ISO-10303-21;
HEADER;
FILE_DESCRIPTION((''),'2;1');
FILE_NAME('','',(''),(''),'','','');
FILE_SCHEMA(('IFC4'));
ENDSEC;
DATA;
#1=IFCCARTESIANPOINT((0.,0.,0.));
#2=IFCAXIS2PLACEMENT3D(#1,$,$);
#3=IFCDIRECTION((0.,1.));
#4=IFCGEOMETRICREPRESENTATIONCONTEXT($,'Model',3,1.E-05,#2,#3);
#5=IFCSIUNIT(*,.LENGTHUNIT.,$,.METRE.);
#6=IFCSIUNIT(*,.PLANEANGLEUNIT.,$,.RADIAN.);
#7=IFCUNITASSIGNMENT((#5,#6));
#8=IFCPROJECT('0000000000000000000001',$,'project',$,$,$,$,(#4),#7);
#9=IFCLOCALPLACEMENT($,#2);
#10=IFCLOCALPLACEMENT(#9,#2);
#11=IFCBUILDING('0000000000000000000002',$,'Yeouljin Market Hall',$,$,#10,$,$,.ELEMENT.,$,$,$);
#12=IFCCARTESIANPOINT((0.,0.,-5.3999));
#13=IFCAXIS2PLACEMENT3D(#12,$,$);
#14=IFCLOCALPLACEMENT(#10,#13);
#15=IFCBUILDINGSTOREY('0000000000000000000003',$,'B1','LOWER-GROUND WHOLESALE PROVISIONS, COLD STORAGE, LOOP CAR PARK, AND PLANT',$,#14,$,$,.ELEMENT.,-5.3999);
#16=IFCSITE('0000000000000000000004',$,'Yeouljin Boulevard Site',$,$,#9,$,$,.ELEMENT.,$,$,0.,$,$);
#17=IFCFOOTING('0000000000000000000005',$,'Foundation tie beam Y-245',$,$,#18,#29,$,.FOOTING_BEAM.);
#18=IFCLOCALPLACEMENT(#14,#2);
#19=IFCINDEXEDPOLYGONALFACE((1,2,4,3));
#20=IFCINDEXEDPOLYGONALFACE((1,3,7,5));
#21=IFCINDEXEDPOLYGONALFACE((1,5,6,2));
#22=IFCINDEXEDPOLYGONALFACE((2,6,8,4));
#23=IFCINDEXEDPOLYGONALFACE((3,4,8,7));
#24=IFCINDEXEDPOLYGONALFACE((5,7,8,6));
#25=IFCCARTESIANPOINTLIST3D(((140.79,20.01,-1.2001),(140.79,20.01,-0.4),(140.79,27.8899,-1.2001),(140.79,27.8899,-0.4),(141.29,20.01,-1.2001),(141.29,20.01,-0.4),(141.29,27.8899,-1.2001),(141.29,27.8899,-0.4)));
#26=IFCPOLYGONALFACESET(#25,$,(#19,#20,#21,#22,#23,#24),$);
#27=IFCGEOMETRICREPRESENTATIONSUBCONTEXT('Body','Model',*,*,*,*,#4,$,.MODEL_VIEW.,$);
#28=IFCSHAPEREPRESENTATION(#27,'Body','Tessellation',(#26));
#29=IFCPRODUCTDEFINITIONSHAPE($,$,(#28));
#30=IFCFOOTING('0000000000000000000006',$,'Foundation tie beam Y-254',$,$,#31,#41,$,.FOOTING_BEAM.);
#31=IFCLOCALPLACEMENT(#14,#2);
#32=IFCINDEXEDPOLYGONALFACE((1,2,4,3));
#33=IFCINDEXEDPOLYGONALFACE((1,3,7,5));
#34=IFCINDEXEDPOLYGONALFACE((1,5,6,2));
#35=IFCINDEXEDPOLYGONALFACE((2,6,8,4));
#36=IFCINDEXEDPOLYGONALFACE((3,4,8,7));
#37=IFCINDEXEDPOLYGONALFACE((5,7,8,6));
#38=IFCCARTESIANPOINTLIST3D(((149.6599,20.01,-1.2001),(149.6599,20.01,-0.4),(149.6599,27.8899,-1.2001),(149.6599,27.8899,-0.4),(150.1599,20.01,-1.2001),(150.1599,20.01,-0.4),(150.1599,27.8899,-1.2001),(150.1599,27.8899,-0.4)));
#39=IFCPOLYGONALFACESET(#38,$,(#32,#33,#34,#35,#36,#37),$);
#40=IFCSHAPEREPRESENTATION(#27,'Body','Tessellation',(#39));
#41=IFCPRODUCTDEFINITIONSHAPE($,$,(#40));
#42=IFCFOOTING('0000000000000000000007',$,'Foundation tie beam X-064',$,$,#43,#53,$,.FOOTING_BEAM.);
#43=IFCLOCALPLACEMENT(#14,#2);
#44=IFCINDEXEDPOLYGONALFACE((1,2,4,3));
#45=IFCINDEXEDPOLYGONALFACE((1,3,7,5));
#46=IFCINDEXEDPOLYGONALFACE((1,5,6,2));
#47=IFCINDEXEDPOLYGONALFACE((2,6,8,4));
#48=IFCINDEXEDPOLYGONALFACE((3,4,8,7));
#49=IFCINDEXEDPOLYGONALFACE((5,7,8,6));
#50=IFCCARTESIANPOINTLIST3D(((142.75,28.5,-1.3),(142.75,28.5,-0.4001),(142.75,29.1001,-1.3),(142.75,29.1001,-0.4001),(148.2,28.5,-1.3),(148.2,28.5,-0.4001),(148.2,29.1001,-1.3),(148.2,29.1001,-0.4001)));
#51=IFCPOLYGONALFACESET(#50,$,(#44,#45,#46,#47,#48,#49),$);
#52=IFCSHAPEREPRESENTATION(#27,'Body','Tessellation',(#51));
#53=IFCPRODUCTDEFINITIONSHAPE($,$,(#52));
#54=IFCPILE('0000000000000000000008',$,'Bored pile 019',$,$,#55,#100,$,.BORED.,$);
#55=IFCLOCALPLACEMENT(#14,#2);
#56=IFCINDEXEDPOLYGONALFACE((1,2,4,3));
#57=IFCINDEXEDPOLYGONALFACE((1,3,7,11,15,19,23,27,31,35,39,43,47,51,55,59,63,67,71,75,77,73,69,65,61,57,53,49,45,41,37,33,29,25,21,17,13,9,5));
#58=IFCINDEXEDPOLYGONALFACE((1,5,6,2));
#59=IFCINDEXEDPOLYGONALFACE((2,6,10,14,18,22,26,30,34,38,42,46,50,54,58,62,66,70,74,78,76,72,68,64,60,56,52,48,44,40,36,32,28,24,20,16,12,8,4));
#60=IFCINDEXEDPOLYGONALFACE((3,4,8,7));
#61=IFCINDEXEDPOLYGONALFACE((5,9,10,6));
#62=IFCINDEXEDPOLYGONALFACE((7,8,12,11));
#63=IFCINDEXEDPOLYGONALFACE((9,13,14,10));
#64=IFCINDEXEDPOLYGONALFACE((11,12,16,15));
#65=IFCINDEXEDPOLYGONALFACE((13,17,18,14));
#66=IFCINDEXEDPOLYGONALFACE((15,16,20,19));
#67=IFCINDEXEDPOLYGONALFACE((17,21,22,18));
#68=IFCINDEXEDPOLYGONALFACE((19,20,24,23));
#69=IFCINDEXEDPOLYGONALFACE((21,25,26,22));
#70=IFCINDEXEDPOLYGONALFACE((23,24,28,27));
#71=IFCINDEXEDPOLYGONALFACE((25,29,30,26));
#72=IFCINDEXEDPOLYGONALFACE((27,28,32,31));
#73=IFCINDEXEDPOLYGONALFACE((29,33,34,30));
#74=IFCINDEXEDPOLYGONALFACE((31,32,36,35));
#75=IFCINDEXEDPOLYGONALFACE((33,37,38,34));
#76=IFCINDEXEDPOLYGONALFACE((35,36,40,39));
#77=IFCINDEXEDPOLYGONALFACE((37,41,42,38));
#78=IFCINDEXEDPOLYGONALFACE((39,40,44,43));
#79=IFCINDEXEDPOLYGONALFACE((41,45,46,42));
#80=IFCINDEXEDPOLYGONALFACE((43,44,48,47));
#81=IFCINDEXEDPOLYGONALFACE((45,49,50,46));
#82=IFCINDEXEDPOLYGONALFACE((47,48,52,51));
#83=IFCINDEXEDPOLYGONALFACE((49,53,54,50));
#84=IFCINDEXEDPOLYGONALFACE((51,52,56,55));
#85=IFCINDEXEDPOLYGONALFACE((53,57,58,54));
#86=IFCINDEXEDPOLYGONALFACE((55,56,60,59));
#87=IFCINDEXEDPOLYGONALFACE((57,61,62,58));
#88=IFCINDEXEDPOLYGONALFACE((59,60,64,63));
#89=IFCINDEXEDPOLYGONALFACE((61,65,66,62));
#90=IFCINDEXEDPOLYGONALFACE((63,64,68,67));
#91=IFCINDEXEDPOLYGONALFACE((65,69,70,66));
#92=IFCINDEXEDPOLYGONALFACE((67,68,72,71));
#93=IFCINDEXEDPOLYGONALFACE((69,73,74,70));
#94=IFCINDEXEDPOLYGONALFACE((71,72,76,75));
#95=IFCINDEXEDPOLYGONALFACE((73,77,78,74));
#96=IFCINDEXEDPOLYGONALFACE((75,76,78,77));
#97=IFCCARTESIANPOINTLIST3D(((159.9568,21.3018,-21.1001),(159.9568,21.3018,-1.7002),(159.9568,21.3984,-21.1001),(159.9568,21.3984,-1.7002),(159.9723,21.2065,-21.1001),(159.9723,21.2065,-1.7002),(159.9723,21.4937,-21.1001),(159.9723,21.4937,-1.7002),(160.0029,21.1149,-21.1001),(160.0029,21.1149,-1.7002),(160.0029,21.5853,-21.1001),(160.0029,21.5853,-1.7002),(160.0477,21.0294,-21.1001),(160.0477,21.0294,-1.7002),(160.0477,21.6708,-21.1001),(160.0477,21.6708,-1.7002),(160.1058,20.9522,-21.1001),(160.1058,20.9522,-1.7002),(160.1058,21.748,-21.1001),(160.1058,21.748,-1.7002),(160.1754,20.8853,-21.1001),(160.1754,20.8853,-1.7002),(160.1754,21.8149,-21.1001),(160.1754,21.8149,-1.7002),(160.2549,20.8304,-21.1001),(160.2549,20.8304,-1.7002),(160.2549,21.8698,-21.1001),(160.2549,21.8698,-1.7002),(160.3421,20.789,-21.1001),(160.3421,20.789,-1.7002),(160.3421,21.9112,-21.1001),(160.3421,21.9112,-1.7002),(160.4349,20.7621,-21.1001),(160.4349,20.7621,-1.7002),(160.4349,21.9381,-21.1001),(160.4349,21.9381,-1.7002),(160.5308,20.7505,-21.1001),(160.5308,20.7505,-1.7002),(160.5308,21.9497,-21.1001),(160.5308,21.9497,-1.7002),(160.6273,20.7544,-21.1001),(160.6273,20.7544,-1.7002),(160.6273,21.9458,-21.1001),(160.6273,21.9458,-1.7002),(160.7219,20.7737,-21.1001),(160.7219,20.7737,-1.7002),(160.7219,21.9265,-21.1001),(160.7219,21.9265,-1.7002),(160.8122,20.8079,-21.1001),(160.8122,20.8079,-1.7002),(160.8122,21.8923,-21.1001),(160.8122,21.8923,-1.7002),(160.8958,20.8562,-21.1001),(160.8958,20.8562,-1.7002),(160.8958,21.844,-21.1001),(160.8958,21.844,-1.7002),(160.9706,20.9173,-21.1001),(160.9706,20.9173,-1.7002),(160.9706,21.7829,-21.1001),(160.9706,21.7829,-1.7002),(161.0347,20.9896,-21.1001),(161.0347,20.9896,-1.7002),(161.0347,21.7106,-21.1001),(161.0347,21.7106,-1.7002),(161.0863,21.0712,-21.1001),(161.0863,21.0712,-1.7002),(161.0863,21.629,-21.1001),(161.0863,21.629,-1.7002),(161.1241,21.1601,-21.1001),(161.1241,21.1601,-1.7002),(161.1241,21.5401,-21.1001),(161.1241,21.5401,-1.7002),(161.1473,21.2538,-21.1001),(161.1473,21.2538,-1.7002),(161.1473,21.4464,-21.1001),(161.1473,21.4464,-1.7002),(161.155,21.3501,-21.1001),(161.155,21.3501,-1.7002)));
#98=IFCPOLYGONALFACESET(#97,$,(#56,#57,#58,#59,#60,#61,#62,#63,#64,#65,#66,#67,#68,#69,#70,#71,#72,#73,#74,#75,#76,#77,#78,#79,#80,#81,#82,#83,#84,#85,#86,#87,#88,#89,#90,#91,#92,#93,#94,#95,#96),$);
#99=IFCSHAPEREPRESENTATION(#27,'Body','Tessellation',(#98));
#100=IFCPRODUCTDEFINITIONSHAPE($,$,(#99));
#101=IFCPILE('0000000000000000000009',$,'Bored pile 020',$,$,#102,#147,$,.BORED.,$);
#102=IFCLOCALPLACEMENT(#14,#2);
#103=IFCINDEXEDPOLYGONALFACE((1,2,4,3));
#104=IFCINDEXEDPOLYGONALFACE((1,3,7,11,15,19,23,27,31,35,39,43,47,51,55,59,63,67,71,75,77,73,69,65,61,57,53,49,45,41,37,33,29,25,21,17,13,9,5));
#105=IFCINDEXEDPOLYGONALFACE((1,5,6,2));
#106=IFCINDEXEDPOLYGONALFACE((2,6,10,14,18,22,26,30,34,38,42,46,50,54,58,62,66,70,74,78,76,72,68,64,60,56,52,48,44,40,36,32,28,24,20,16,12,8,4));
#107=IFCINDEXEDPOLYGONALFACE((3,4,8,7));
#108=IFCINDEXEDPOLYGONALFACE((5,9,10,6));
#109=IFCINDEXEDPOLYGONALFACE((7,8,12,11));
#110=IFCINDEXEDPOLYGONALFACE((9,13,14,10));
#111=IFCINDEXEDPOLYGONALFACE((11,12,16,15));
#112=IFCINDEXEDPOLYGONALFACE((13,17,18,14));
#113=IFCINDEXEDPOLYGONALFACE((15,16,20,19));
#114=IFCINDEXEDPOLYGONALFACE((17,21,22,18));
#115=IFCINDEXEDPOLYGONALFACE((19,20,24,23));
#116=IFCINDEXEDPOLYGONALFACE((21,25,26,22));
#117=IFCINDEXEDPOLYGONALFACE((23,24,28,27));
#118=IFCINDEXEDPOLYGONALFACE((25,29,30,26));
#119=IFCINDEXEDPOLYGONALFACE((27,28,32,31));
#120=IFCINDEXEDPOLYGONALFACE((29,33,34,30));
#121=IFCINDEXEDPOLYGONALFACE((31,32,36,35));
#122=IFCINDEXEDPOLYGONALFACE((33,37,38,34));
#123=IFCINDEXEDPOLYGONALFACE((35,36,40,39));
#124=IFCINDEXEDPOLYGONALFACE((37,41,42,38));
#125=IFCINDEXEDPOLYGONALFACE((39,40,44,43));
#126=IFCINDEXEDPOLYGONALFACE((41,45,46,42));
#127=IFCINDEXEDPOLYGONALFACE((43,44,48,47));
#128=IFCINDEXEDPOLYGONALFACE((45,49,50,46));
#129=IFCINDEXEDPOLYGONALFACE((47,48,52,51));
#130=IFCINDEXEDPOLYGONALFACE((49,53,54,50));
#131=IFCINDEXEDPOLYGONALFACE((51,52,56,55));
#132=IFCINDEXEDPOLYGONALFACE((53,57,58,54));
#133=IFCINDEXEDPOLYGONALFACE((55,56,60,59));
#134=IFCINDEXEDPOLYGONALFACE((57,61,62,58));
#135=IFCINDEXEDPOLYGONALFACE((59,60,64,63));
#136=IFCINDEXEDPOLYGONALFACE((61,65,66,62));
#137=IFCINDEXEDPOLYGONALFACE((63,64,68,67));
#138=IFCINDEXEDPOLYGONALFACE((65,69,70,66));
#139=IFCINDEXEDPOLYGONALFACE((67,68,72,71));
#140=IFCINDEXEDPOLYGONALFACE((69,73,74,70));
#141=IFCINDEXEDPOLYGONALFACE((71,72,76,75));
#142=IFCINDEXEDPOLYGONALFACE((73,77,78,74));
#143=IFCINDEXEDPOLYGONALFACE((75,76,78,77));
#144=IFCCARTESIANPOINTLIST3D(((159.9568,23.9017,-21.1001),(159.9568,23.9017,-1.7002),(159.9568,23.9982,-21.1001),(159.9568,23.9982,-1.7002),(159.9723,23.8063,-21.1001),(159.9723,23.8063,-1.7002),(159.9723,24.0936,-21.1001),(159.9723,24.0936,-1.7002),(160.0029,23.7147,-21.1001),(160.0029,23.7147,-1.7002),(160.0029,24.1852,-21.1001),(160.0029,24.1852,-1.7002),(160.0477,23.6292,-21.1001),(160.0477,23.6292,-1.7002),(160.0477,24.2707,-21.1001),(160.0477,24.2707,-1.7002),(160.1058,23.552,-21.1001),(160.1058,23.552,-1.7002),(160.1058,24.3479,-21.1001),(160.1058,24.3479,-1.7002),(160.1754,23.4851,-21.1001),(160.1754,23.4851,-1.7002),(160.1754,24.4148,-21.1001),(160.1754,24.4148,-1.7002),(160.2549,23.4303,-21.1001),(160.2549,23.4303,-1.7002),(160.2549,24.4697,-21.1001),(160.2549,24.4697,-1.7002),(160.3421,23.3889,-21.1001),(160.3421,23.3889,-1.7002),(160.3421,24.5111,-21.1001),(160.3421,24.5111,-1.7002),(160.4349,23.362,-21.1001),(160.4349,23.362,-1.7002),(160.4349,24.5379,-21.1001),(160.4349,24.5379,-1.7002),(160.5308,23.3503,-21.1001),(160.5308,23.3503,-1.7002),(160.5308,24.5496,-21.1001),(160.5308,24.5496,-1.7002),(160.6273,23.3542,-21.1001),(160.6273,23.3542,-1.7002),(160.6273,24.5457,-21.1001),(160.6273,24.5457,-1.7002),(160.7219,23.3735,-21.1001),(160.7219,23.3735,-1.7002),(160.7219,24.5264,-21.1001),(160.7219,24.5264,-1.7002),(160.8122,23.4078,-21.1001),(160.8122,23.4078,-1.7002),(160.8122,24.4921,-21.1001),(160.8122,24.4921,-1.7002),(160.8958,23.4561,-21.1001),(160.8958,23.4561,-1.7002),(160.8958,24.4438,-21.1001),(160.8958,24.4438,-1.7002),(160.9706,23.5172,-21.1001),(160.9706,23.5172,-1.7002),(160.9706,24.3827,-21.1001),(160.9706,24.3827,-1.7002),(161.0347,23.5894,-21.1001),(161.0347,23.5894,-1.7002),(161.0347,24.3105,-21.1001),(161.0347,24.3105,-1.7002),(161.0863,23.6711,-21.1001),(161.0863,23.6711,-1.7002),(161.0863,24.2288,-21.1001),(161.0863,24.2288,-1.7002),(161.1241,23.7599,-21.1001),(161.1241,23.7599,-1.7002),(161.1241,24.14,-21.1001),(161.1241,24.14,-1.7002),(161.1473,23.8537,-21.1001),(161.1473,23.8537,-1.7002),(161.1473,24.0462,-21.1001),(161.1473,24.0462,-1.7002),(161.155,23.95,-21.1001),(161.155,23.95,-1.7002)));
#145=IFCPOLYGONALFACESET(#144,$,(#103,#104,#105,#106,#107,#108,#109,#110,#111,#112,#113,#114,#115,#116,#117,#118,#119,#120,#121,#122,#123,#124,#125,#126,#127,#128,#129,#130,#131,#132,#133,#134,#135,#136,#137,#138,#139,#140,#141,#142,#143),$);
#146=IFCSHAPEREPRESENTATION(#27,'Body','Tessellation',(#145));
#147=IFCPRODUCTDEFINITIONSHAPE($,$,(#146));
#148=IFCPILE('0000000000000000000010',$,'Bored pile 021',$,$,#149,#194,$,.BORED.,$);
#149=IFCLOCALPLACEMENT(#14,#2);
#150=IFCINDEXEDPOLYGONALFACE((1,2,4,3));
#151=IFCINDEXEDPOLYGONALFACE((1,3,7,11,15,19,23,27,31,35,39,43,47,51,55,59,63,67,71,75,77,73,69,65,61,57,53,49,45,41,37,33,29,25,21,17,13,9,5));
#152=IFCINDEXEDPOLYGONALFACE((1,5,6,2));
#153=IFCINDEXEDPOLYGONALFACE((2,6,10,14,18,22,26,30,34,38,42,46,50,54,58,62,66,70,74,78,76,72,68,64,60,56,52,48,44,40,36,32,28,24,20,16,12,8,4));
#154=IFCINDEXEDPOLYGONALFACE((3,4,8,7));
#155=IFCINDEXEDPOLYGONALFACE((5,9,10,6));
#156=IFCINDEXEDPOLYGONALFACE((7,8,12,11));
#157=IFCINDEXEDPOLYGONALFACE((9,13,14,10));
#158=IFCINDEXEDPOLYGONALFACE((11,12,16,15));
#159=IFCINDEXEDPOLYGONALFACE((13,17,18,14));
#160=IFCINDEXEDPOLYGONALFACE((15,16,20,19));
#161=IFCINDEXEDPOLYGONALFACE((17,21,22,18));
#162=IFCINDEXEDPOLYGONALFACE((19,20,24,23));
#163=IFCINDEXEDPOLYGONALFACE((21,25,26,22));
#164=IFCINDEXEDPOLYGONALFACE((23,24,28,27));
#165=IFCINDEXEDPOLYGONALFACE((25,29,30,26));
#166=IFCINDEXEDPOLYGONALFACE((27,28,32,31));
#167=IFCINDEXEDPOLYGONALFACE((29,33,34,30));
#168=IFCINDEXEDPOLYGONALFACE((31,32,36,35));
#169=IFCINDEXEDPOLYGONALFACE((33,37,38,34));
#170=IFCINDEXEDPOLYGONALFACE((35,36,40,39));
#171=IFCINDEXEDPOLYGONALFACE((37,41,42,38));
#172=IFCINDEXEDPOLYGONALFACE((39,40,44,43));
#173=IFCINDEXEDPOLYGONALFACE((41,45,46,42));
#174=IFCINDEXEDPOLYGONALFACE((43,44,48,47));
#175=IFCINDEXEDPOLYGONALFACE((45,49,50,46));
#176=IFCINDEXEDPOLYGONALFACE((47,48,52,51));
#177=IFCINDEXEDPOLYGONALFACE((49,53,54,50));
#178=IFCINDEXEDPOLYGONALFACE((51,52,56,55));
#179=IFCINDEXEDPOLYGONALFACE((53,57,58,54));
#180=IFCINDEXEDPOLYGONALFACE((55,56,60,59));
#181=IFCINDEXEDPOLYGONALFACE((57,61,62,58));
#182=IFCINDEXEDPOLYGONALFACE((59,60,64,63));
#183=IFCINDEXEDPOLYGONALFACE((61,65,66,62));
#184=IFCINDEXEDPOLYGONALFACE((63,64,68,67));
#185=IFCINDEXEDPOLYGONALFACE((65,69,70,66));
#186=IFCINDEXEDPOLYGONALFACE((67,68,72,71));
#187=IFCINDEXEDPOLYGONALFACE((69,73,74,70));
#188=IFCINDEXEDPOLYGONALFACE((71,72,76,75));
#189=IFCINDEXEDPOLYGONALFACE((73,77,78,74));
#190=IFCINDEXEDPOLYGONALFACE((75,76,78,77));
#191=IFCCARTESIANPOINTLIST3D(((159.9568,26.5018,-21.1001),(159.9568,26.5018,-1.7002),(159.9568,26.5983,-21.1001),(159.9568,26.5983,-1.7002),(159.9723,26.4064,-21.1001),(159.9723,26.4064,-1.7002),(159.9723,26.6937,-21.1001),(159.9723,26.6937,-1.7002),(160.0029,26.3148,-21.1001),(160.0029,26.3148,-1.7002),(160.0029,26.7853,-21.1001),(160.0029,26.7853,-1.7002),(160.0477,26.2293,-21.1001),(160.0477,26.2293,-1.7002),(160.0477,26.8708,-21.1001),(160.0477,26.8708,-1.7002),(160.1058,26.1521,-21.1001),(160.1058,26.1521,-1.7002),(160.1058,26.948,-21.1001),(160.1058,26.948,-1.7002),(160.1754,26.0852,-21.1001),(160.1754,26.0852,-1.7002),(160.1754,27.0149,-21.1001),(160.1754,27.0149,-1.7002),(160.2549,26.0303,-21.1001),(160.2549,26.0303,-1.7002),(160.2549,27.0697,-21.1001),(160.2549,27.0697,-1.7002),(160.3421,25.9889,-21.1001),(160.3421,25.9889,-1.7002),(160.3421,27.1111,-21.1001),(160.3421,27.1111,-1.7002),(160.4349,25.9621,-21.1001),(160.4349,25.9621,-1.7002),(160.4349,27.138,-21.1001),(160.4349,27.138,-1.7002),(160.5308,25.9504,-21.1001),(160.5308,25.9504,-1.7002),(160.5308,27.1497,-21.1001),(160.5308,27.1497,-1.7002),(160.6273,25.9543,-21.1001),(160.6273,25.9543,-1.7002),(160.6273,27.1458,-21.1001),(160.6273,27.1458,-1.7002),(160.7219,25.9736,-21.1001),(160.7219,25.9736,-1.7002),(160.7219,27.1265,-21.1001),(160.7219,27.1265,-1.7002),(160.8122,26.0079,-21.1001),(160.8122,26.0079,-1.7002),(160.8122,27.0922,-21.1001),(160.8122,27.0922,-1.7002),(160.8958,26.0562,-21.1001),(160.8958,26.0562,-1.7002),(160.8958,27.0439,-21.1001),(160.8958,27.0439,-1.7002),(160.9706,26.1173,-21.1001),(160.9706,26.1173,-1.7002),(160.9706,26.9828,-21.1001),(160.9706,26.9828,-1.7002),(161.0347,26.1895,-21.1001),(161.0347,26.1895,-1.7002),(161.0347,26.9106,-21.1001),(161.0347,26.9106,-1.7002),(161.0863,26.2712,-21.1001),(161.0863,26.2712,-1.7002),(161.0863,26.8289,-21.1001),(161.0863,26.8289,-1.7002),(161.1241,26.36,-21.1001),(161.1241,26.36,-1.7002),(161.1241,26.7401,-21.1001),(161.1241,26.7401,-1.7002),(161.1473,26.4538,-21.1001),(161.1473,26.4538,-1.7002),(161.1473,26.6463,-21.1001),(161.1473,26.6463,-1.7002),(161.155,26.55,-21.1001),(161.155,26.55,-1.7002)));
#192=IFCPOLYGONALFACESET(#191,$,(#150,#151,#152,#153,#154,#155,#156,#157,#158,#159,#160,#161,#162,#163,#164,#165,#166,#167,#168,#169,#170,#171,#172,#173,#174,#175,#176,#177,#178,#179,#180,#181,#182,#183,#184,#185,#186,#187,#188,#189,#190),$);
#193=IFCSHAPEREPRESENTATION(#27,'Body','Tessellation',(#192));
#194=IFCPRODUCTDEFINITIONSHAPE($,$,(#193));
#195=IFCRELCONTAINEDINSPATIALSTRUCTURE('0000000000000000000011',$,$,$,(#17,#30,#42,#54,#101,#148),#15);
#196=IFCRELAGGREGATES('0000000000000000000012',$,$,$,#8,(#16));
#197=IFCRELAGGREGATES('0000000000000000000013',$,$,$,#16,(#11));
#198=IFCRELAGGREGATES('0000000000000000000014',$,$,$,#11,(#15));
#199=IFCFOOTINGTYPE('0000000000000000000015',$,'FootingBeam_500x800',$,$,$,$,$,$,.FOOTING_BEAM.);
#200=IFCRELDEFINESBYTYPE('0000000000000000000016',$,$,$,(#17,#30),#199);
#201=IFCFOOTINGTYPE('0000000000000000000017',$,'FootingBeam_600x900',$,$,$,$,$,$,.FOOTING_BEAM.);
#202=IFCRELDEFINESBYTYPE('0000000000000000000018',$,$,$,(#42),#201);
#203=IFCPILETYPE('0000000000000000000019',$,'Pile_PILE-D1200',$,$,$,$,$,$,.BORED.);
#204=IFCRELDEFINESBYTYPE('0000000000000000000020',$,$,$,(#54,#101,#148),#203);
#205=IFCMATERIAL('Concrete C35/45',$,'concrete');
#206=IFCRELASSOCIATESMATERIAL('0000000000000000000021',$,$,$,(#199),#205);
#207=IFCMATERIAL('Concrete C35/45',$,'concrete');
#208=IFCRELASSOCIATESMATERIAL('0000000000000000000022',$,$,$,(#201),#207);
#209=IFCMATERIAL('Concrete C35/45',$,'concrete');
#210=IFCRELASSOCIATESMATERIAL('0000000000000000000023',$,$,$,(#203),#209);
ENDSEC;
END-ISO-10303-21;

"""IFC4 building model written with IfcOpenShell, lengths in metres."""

from ifc_helpers import new_model, si_unit, direction, frame, origin, origin_2d, place, context, subcontext, project, spatial, rectangle, circle, extrude, material, material_profile, profile_set, type_object, element, save


model = new_model("IFC4")

# Units and contexts
model_context = context("Model", 3, precision=1e-05, world=origin(), true_north=direction((0.0, 1.0)))
body_context = subcontext(model_context, "Body", "Model", "MODEL_VIEW")
ifc_project = project(units=[si_unit("LENGTHUNIT", "METRE"), si_unit("PLANEANGLEUNIT", "RADIAN")], contexts=[model_context])

# Site, building, storey
site_placement = place(None, origin())
site = spatial("IfcSite", under=ifc_project, at=site_placement, Name="Yeouljin Boulevard Site", CompositionType="ELEMENT", RefElevation=0.0)
building_placement = place(site_placement, origin())
building = spatial("IfcBuilding", under=site, at=building_placement, Name="Yeouljin Market Hall", CompositionType="ELEMENT")
storey_placement = place(building_placement, frame((0.0, 0.0, -5.3999)))
storey = spatial("IfcBuildingStorey", under=building, at=storey_placement, Name="B1", Description="LOWER-GROUND WHOLESALE PROVISIONS, COLD STORAGE, LOOP CAR PARK, AND PLANT", CompositionType="ELEMENT", Elevation=-5.3999)

# Footings
ifc_material_1 = material(Name="Concrete C35/45", Category="concrete")
ifc_material_profile_1 = material_profile(ifc_material_1, rectangle(XDim=0.5, YDim=0.8, at=origin_2d()), Name="RC-500x800")
ifc_profile_set_1 = profile_set([ifc_material_profile_1], Name="Concrete C35/45")
footing_type_1 = type_object("IfcFootingType", Name="FootingBeam_500x800", PredefinedType="FOOTING_BEAM", material=ifc_profile_set_1)
for number, where, z_axis, x_axis, name in (
    (1, (141.04, 20.01, -0.8), (0.0, 1.0, 0.0), (-1.0, 0.0, 0.0), "Foundation tie beam Y-245"),
    (2, (149.9099, 20.01, -0.8), (0.0, 1.0, 0.0), (-1.0, 0.0, 0.0), "Foundation tie beam Y-254"),
):
    element("IfcFooting", number, at=place(storey_placement, frame(where, z_axis=z_axis, x_axis=x_axis)), inside=storey, type_object=footing_type_1, Name=name, PredefinedType="FOOTING_BEAM", context=body_context, shape_type="SweptSolid", body=[
        extrude(rectangle(XDim=0.5, YDim=0.8, at=origin_2d()), origin(), (0.0, 0.0, 1.0), 7.8799),
    ])
ifc_material_2 = material(Name="Concrete C35/45", Category="concrete")
ifc_material_profile_2 = material_profile(ifc_material_2, rectangle(XDim=0.6001, YDim=0.8999, at=origin_2d()), Name="RC-600x900")
ifc_profile_set_2 = profile_set([ifc_material_profile_2], Name="Concrete C35/45")
footing_type_2 = type_object("IfcFootingType", Name="FootingBeam_600x900", PredefinedType="FOOTING_BEAM", material=ifc_profile_set_2)
footing_placement = place(storey_placement, frame((142.75, 28.8, -0.8501), z_axis=(1.0, 0.0, 0.0), x_axis=(0.0, 1.0, 0.0)))
element("IfcFooting", 3, at=footing_placement, inside=storey, type_object=footing_type_2, Name="Foundation tie beam X-064", PredefinedType="FOOTING_BEAM", context=body_context, shape_type="SweptSolid", body=[
    extrude(rectangle(XDim=0.6001, YDim=0.8999, at=origin_2d()), origin(), (0.0, 0.0, 1.0), 5.45),
])

# Piles
ifc_material_3 = material(Name="Concrete C35/45", Category="concrete")
ifc_material_profile_3 = material_profile(ifc_material_3, circle(Radius=0.6001, at=origin_2d()), Name="PILE-D1200")
ifc_profile_set_3 = profile_set([ifc_material_profile_3], Name="Concrete C35/45")
pile_type_1 = type_object("IfcPileType", Name="Pile_PILE-D1200", PredefinedType="BORED", material=ifc_profile_set_3)
for number, where, z_axis, x_axis, name in (
    (4, (160.5549, 21.3501, -1.7002), (0.0, 0.0, -1.0), (1.0, 0.0, 0.0), "Bored pile 019"),
    (5, (160.5549, 23.95, -1.7002), (0.0, 0.0, -1.0), (1.0, 0.0, 0.0), "Bored pile 020"),
    (6, (160.5549, 26.55, -1.7002), (0.0, 0.0, -1.0), (1.0, 0.0, 0.0), "Bored pile 021"),
):
    element("IfcPile", number, at=place(storey_placement, frame(where, z_axis=z_axis, x_axis=x_axis)), inside=storey, type_object=pile_type_1, Name=name, PredefinedType="BORED", context=body_context, shape_type="SweptSolid", body=[
        extrude(circle(Radius=0.6001, at=origin_2d()), origin(), (0.0, 0.0, 1.0), 19.3999),
    ])

save(model, "model.ifc")
